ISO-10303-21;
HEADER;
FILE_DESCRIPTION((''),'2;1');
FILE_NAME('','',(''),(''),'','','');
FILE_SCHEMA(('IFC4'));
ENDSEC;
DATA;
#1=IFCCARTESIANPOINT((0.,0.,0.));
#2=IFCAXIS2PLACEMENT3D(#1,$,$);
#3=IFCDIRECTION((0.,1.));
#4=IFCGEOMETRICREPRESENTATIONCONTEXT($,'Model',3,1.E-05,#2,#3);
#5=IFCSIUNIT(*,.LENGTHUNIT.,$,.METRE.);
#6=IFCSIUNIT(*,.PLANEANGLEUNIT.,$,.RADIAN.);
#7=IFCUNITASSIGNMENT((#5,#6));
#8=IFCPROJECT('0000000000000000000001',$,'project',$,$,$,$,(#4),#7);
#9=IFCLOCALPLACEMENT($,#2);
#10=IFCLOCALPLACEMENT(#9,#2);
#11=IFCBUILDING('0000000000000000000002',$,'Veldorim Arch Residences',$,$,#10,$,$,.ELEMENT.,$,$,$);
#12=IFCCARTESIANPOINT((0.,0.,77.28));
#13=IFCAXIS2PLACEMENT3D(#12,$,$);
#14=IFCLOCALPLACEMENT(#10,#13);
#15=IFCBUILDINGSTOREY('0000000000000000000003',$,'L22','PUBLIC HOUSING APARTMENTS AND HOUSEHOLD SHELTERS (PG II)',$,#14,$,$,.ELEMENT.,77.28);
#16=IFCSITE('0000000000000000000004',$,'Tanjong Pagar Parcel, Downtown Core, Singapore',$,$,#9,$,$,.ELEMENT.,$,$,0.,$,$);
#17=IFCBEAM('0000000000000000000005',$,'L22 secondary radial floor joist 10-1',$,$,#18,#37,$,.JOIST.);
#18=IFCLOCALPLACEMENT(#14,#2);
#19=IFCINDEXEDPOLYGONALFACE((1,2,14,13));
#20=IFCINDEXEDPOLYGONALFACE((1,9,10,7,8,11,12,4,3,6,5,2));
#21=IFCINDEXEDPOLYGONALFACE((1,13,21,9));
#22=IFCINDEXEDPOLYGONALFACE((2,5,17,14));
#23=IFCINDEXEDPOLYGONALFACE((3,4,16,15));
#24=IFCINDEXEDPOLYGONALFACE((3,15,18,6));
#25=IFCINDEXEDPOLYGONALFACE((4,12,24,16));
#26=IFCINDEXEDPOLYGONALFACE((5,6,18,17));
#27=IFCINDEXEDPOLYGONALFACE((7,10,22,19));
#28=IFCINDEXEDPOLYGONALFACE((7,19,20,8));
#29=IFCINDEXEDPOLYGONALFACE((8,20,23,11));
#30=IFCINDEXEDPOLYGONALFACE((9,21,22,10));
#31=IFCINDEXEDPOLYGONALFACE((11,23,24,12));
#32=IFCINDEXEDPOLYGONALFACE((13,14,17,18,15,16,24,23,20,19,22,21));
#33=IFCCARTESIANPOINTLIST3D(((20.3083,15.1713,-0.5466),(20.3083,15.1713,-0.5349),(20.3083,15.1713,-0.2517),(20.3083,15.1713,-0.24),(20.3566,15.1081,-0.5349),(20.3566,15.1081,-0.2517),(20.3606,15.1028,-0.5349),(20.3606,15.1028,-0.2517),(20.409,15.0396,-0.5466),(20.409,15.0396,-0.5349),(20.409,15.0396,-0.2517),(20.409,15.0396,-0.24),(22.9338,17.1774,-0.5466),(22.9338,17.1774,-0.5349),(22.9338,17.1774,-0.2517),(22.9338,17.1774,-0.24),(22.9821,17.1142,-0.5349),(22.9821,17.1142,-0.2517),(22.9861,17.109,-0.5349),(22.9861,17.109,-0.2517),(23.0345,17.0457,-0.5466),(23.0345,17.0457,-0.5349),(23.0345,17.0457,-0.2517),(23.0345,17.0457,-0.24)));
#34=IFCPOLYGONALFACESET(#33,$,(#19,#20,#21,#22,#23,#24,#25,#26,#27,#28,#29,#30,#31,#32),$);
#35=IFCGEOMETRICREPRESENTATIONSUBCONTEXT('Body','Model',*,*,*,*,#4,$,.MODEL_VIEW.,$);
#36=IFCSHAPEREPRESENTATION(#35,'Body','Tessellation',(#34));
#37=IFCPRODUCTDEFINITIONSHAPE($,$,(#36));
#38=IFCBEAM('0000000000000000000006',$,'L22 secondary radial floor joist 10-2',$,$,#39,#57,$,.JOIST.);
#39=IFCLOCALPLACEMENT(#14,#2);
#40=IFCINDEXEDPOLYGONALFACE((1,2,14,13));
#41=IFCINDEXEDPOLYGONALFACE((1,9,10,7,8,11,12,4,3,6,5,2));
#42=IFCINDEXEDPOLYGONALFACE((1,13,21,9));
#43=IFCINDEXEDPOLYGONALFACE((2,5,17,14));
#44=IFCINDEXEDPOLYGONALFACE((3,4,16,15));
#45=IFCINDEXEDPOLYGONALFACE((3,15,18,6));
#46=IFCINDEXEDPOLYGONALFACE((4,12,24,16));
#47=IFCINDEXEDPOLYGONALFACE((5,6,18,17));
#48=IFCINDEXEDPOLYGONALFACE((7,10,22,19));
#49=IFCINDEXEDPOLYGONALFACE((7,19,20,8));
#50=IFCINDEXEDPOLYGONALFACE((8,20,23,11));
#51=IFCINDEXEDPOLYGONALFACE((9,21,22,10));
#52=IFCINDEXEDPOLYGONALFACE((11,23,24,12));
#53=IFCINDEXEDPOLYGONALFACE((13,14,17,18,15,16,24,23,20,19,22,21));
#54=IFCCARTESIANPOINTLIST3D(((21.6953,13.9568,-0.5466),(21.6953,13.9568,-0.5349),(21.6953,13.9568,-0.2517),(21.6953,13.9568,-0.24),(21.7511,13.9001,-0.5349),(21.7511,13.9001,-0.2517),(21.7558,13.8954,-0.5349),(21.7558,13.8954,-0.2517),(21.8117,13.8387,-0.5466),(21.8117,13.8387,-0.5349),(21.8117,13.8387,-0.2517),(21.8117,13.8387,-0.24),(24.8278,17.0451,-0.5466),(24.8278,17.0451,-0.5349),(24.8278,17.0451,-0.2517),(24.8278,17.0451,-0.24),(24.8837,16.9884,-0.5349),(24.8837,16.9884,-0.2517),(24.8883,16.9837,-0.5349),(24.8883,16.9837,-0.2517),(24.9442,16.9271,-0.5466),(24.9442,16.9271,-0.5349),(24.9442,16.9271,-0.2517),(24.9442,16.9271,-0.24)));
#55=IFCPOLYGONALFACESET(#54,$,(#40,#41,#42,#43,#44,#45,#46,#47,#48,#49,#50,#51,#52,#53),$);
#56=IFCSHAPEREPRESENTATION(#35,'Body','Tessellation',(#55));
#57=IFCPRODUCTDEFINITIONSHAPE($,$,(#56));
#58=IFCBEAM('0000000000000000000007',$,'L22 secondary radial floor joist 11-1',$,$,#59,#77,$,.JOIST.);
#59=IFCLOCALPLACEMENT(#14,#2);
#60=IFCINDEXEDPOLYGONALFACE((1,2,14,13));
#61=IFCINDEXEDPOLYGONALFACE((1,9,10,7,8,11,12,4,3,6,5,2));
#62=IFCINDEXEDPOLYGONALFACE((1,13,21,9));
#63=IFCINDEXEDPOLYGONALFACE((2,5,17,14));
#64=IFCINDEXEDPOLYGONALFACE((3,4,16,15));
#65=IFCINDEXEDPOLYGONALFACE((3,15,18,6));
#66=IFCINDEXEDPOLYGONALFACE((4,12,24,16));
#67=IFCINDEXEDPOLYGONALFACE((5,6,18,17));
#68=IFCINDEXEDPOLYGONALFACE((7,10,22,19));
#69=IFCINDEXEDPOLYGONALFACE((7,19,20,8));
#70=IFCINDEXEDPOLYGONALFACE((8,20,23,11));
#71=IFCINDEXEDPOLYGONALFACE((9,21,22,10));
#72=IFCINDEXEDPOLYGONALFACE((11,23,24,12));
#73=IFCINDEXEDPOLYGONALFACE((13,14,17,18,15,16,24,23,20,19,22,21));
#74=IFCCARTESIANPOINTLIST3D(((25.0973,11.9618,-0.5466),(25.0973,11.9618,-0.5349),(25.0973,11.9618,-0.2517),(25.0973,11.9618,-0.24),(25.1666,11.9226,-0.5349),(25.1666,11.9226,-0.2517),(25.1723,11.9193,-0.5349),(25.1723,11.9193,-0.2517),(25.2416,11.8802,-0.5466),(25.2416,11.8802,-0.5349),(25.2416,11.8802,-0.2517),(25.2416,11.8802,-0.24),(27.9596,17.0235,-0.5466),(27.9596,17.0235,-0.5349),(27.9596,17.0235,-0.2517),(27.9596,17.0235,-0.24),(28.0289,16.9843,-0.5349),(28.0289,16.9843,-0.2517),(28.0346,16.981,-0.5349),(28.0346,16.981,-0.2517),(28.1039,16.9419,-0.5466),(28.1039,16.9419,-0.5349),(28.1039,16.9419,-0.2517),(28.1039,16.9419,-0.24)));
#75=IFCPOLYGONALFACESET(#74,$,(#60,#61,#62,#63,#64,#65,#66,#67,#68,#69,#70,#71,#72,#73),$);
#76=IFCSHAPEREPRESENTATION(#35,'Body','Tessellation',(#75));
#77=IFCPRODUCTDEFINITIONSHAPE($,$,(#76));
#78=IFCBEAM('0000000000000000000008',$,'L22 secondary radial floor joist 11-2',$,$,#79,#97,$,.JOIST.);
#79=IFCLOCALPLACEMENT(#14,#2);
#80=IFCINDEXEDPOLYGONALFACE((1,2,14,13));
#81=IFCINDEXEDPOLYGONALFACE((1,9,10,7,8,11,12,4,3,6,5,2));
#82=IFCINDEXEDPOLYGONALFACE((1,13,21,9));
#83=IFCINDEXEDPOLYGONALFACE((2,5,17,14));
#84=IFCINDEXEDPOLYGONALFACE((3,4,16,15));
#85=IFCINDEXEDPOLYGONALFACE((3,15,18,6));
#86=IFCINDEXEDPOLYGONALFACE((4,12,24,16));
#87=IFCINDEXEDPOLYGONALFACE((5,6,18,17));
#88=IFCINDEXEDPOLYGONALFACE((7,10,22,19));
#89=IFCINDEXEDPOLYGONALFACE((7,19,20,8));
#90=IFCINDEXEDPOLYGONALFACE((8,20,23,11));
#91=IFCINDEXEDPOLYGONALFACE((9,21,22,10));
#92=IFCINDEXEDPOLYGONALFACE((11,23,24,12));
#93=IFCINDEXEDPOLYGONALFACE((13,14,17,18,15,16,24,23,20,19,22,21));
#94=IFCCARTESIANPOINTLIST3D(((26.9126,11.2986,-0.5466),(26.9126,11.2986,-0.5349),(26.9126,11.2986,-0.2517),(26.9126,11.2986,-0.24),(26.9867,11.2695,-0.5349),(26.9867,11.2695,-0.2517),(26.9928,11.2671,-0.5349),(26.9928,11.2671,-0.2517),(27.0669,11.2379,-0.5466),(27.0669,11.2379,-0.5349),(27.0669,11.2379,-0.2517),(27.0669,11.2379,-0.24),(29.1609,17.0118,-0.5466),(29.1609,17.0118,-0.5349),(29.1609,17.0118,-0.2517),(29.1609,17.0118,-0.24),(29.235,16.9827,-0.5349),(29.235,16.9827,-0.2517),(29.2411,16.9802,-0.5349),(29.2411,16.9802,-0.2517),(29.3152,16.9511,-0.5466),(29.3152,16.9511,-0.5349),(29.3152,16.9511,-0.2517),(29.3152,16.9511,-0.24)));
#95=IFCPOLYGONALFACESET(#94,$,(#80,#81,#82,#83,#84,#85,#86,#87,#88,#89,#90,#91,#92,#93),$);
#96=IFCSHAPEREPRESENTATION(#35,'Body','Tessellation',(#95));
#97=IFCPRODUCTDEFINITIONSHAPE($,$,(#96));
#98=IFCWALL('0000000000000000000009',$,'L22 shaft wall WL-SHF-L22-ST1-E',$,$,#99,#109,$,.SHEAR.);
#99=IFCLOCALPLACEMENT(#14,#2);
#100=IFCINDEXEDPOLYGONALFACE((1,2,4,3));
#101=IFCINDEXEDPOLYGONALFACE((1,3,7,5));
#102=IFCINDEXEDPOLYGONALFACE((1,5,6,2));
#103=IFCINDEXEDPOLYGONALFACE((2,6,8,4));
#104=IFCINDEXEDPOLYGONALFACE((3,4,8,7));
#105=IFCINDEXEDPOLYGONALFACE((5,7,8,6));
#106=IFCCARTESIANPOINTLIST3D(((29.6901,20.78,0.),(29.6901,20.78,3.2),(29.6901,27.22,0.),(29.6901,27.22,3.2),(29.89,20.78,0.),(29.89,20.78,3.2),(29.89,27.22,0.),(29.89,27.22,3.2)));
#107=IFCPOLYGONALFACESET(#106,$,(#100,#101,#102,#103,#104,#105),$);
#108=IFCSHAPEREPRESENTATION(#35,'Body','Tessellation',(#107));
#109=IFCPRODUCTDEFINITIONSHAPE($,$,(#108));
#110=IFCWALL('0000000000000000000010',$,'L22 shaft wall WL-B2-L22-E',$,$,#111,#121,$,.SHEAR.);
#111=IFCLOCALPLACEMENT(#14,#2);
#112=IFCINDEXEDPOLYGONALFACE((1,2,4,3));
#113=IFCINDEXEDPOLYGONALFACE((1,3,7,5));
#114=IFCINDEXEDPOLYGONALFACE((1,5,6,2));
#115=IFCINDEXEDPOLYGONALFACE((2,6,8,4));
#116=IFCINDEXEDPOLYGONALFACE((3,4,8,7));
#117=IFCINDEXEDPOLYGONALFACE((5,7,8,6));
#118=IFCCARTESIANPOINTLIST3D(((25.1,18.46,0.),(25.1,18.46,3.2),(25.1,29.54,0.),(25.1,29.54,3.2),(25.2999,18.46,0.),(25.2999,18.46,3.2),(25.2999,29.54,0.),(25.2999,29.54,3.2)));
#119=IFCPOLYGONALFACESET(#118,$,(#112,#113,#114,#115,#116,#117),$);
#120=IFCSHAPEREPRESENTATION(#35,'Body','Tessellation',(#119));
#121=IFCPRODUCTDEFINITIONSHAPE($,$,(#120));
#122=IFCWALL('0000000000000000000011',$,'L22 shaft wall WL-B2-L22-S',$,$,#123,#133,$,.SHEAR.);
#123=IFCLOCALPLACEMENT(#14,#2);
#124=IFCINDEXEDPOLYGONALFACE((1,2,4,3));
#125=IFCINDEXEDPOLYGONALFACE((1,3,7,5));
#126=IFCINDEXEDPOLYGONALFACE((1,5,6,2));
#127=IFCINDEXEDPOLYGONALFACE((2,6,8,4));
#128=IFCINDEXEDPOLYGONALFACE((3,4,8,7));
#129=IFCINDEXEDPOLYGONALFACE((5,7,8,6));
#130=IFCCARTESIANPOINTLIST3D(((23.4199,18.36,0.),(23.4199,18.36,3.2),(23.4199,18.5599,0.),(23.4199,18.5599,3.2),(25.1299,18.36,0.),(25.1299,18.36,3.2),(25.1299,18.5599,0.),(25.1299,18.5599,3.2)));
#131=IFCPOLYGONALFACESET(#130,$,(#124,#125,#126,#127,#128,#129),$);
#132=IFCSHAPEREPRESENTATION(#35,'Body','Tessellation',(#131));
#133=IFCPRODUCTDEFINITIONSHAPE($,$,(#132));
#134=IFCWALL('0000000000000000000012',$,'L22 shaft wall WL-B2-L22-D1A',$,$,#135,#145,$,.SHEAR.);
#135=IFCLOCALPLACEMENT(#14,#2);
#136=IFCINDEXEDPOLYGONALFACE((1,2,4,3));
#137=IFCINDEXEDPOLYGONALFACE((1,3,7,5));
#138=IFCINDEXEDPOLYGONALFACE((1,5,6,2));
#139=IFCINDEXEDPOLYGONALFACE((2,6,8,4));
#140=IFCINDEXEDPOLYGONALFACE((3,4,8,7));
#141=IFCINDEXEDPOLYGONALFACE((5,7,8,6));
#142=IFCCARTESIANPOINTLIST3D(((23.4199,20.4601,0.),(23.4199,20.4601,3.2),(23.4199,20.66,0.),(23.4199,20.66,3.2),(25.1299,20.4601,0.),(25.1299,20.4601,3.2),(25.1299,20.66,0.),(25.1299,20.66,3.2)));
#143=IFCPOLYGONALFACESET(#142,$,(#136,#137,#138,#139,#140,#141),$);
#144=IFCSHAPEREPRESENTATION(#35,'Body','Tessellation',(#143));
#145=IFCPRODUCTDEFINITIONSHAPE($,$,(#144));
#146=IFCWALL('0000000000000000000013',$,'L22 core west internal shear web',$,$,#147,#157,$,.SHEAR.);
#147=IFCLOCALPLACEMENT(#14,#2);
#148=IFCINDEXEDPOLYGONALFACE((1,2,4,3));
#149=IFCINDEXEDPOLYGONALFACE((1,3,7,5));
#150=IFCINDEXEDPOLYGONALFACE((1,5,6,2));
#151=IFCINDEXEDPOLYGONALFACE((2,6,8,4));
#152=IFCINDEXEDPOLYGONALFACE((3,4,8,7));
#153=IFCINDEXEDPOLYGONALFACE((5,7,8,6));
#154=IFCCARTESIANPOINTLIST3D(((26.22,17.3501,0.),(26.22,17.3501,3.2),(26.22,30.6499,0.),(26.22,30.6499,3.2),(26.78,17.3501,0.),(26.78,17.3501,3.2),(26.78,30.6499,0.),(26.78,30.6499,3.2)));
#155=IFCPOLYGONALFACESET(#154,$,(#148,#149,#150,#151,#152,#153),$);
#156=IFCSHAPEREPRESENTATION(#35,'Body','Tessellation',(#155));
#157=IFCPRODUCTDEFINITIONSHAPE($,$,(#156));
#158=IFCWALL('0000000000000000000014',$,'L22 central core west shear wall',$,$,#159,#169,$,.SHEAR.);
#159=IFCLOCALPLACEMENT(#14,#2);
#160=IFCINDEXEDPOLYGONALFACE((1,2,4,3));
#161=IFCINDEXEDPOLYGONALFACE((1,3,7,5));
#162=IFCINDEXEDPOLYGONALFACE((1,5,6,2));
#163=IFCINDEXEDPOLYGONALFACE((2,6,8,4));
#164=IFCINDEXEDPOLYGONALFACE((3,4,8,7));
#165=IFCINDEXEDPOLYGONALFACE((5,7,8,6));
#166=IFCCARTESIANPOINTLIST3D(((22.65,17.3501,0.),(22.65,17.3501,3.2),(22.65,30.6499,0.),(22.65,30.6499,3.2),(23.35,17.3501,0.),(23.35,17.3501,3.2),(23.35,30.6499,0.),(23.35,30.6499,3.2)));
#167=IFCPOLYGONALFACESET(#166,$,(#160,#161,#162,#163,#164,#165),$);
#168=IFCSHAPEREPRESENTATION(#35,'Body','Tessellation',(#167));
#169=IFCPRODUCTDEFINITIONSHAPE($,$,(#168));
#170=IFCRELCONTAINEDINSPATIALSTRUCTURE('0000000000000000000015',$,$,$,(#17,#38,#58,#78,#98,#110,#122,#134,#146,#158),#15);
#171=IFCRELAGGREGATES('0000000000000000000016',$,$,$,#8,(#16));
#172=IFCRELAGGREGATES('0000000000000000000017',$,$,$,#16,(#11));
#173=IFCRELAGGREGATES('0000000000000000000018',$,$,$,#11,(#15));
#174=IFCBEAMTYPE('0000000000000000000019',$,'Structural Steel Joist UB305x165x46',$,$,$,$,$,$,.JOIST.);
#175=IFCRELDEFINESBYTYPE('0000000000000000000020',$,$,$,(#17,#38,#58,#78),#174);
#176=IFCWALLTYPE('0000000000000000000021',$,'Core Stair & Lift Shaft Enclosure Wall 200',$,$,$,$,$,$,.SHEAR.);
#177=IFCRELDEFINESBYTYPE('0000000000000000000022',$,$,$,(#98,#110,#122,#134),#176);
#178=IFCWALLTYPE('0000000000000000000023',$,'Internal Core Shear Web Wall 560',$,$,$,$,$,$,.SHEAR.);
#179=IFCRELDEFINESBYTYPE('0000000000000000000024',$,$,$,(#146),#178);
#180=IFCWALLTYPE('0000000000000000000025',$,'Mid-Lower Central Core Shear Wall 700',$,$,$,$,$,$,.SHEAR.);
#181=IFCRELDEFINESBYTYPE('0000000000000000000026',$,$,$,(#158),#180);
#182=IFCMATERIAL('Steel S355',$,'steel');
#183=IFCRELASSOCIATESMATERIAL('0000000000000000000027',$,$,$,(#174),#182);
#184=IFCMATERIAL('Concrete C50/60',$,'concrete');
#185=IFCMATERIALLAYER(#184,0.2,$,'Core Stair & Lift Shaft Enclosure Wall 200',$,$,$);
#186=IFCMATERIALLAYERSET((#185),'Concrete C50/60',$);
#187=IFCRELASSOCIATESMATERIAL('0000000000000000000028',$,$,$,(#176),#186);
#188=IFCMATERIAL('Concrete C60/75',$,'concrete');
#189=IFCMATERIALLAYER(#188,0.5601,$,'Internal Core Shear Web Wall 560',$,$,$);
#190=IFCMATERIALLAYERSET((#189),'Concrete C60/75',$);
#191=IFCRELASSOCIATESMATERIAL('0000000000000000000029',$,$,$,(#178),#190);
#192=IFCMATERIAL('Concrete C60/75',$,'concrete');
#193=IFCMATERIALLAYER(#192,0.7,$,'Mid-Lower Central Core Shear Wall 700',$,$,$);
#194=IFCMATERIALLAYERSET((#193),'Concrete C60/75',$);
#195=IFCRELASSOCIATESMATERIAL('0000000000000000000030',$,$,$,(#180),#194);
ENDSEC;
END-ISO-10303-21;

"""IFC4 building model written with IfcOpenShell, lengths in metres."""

from ifc_helpers import new_model, si_unit, direction, frame, frame_2d, origin, origin_2d, place, context, subcontext, project, spatial, rectangle, i_section, extrude, material, layer, layer_set, material_profile, profile_set, type_object, element, save


model = new_model("IFC4")

# Units and contexts
model_context = context("Model", 3, precision=1e-05, world=origin(), true_north=direction((0.0, 1.0)))
body_context = subcontext(model_context, "Body", "Model", "MODEL_VIEW")
ifc_project = project(units=[si_unit("LENGTHUNIT", "METRE"), si_unit("PLANEANGLEUNIT", "RADIAN")], contexts=[model_context])

# Site, building, storey
site_placement = place(None, origin())
site = spatial("IfcSite", under=ifc_project, at=site_placement, Name="Tanjong Pagar Parcel, Downtown Core, Singapore", CompositionType="ELEMENT", RefElevation=0.0)
building_placement = place(site_placement, origin())
building = spatial("IfcBuilding", under=site, at=building_placement, Name="Veldorim Arch Residences", CompositionType="ELEMENT")
storey_placement = place(building_placement, frame((0.0, 0.0, 77.28)))
storey = spatial("IfcBuildingStorey", under=building, at=storey_placement, Name="L22", Description="PUBLIC HOUSING APARTMENTS AND HOUSEHOLD SHELTERS (PG II)", CompositionType="ELEMENT", Elevation=77.28)

# Beams
ifc_material_1 = material(Name="Steel S355", Category="steel")
ifc_material_profile_1 = material_profile(ifc_material_1, i_section(OverallWidth=0.1658, OverallDepth=0.3066, WebThickness=0.0066, FlangeThickness=0.0117, at=origin_2d()), Name="UB305x165x46")
ifc_profile_set_1 = profile_set([ifc_material_profile_1], Name="Steel S355")
beam_type_1 = type_object("IfcBeamType", Name="Structural Steel Joist UB305x165x46", PredefinedType="JOIST", material=ifc_profile_set_1)
beam_1_placement = place(storey_placement, frame((22.9841, 17.1116, -0.3933), z_axis=(-0.794595, -0.60714, 0.0), x_axis=(0.60714, -0.794595, 0.0)))
element("IfcBeam", 1, at=beam_1_placement, inside=storey, type_object=beam_type_1, Name="L22 secondary radial floor joist 10-1", PredefinedType="JOIST", context=body_context, shape_type="SweptSolid", body=[
    extrude(i_section(OverallWidth=0.1658, OverallDepth=0.3066, WebThickness=0.0066, FlangeThickness=0.0117, at=origin_2d()), origin(), (0.0, 0.0, 1.0), 3.3042),
])
beam_2_placement = place(storey_placement, frame((24.886, 16.9861, -0.3933), z_axis=(-0.712112, -0.702066, 0.0), x_axis=(0.702066, -0.712112, 0.0)))
element("IfcBeam", 2, at=beam_2_placement, inside=storey, type_object=beam_type_1, Name="L22 secondary radial floor joist 10-2", PredefinedType="JOIST", context=body_context, shape_type="SweptSolid", body=[
    extrude(i_section(OverallWidth=0.1658, OverallDepth=0.3066, WebThickness=0.0066, FlangeThickness=0.0117, at=origin_2d()), origin(), (0.0, 0.0, 1.0), 4.3989),
])
beam_3_placement = place(storey_placement, frame((28.0317, 16.9827, -0.3933), z_axis=(-0.492227, -0.870467, 0.0), x_axis=(0.870467, -0.492227, 0.0)))
element("IfcBeam", 3, at=beam_3_placement, inside=storey, type_object=beam_type_1, Name="L22 secondary radial floor joist 11-1", PredefinedType="JOIST", context=body_context, shape_type="SweptSolid", body=[
    extrude(i_section(OverallWidth=0.1658, OverallDepth=0.3066, WebThickness=0.0066, FlangeThickness=0.0117, at=origin_2d()), origin(), (0.0, 0.0, 1.0), 5.8149),
])
beam_4_placement = place(storey_placement, frame((29.238, 16.9814, -0.3933), z_axis=(-0.366195, -0.930538, 0.0), x_axis=(0.930538, -0.366195, 0.0)))
element("IfcBeam", 4, at=beam_4_placement, inside=storey, type_object=beam_type_1, Name="L22 secondary radial floor joist 11-2", PredefinedType="JOIST", context=body_context, shape_type="SweptSolid", body=[
    extrude(i_section(OverallWidth=0.1658, OverallDepth=0.3066, WebThickness=0.0066, FlangeThickness=0.0117, at=origin_2d()), origin(), (0.0, 0.0, 1.0), 6.1396),
])

# Wall
ifc_material_2 = material(Name="Concrete C50/60", Category="concrete")
ifc_layer_1 = layer(ifc_material_2, 0.2, Name="Core Stair & Lift Shaft Enclosure Wall 200")
ifc_layer_set_1 = layer_set([ifc_layer_1], Name="Concrete C50/60")
wall_type_1 = type_object("IfcWallType", Name="Core Stair & Lift Shaft Enclosure Wall 200", PredefinedType="SHEAR", material=ifc_layer_set_1)
wall_1_placement = place(storey_placement, frame((29.79, 20.78, 0.0), z_axis=(0.0, 0.0, 1.0), x_axis=(0.0, 1.0, 0.0)))
element("IfcWall", 5, at=wall_1_placement, inside=storey, type_object=wall_type_1, Name="L22 shaft wall WL-SHF-L22-ST1-E", PredefinedType="SHEAR", context=body_context, shape_type="SweptSolid", body=[
    extrude(rectangle(XDim=6.4399, YDim=0.2, at=frame_2d((3.22, 0.0))), origin(), (0.0, 0.0, 1.0), 3.2),
])

# Walls
wall_2_placement = place(storey_placement, frame((25.2, 18.46, 0.0), z_axis=(0.0, 0.0, 1.0), x_axis=(0.0, 1.0, 0.0)))
element("IfcWall", 6, at=wall_2_placement, inside=storey, type_object=wall_type_1, Name="L22 shaft wall WL-B2-L22-E", PredefinedType="SHEAR", context=body_context, shape_type="SweptSolid", body=[
    extrude(rectangle(XDim=11.0801, YDim=0.2, at=frame_2d((5.54, 0.0))), origin(), (0.0, 0.0, 1.0), 3.2),
])
for number, where, z_axis, x_axis, name in (
    (7, (23.4199, 18.46, 0.0), (0.0, 0.0, 1.0), (1.0, 0.0, 0.0), "L22 shaft wall WL-B2-L22-S"),
    (8, (23.4199, 20.5601, 0.0), (0.0, 0.0, 1.0), (1.0, 0.0, 0.0), "L22 shaft wall WL-B2-L22-D1A"),
):
    element("IfcWall", number, at=place(storey_placement, frame(where, z_axis=z_axis, x_axis=x_axis)), inside=storey, type_object=wall_type_1, Name=name, PredefinedType="SHEAR", context=body_context, shape_type="SweptSolid", body=[
        extrude(rectangle(XDim=1.71, YDim=0.2, at=frame_2d((0.855, 0.0))), origin(), (0.0, 0.0, 1.0), 3.2),
    ])
ifc_material_3 = material(Name="Concrete C60/75", Category="concrete")
ifc_layer_2 = layer(ifc_material_3, 0.5601, Name="Internal Core Shear Web Wall 560")
ifc_layer_set_2 = layer_set([ifc_layer_2], Name="Concrete C60/75")
wall_type_2 = type_object("IfcWallType", Name="Internal Core Shear Web Wall 560", PredefinedType="SHEAR", material=ifc_layer_set_2)
wall_3_placement = place(storey_placement, frame((26.5, 17.3501, 0.0), z_axis=(0.0, 0.0, 1.0), x_axis=(0.0, 1.0, 0.0)))
element("IfcWall", 9, at=wall_3_placement, inside=storey, type_object=wall_type_2, Name="L22 core west internal shear web", PredefinedType="SHEAR", context=body_context, shape_type="SweptSolid", body=[
    extrude(rectangle(XDim=13.2998, YDim=0.5601, at=frame_2d((6.6499, 0.0))), origin(), (0.0, 0.0, 1.0), 3.2),
])

# Shared definitions
ifc_material_4 = material(Name="Concrete C60/75", Category="concrete")
ifc_layer_3 = layer(ifc_material_4, 0.7, Name="Mid-Lower Central Core Shear Wall 700")
ifc_layer_set_3 = layer_set([ifc_layer_3], Name="Concrete C60/75")
wall_type_3 = type_object("IfcWallType", Name="Mid-Lower Central Core Shear Wall 700", PredefinedType="SHEAR", material=ifc_layer_set_3)

# Wall
wall_4_placement = place(storey_placement, frame((23.0, 17.3501, 0.0), z_axis=(0.0, 0.0, 1.0), x_axis=(0.0, 1.0, 0.0)))
element("IfcWall", 10, at=wall_4_placement, inside=storey, type_object=wall_type_3, Name="L22 central core west shear wall", PredefinedType="SHEAR", context=body_context, shape_type="SweptSolid", body=[
    extrude(rectangle(XDim=13.2998, YDim=0.7, at=frame_2d((6.6499, 0.0))), origin(), (0.0, 0.0, 1.0), 3.2),
])

save(model, "model.ifc")
